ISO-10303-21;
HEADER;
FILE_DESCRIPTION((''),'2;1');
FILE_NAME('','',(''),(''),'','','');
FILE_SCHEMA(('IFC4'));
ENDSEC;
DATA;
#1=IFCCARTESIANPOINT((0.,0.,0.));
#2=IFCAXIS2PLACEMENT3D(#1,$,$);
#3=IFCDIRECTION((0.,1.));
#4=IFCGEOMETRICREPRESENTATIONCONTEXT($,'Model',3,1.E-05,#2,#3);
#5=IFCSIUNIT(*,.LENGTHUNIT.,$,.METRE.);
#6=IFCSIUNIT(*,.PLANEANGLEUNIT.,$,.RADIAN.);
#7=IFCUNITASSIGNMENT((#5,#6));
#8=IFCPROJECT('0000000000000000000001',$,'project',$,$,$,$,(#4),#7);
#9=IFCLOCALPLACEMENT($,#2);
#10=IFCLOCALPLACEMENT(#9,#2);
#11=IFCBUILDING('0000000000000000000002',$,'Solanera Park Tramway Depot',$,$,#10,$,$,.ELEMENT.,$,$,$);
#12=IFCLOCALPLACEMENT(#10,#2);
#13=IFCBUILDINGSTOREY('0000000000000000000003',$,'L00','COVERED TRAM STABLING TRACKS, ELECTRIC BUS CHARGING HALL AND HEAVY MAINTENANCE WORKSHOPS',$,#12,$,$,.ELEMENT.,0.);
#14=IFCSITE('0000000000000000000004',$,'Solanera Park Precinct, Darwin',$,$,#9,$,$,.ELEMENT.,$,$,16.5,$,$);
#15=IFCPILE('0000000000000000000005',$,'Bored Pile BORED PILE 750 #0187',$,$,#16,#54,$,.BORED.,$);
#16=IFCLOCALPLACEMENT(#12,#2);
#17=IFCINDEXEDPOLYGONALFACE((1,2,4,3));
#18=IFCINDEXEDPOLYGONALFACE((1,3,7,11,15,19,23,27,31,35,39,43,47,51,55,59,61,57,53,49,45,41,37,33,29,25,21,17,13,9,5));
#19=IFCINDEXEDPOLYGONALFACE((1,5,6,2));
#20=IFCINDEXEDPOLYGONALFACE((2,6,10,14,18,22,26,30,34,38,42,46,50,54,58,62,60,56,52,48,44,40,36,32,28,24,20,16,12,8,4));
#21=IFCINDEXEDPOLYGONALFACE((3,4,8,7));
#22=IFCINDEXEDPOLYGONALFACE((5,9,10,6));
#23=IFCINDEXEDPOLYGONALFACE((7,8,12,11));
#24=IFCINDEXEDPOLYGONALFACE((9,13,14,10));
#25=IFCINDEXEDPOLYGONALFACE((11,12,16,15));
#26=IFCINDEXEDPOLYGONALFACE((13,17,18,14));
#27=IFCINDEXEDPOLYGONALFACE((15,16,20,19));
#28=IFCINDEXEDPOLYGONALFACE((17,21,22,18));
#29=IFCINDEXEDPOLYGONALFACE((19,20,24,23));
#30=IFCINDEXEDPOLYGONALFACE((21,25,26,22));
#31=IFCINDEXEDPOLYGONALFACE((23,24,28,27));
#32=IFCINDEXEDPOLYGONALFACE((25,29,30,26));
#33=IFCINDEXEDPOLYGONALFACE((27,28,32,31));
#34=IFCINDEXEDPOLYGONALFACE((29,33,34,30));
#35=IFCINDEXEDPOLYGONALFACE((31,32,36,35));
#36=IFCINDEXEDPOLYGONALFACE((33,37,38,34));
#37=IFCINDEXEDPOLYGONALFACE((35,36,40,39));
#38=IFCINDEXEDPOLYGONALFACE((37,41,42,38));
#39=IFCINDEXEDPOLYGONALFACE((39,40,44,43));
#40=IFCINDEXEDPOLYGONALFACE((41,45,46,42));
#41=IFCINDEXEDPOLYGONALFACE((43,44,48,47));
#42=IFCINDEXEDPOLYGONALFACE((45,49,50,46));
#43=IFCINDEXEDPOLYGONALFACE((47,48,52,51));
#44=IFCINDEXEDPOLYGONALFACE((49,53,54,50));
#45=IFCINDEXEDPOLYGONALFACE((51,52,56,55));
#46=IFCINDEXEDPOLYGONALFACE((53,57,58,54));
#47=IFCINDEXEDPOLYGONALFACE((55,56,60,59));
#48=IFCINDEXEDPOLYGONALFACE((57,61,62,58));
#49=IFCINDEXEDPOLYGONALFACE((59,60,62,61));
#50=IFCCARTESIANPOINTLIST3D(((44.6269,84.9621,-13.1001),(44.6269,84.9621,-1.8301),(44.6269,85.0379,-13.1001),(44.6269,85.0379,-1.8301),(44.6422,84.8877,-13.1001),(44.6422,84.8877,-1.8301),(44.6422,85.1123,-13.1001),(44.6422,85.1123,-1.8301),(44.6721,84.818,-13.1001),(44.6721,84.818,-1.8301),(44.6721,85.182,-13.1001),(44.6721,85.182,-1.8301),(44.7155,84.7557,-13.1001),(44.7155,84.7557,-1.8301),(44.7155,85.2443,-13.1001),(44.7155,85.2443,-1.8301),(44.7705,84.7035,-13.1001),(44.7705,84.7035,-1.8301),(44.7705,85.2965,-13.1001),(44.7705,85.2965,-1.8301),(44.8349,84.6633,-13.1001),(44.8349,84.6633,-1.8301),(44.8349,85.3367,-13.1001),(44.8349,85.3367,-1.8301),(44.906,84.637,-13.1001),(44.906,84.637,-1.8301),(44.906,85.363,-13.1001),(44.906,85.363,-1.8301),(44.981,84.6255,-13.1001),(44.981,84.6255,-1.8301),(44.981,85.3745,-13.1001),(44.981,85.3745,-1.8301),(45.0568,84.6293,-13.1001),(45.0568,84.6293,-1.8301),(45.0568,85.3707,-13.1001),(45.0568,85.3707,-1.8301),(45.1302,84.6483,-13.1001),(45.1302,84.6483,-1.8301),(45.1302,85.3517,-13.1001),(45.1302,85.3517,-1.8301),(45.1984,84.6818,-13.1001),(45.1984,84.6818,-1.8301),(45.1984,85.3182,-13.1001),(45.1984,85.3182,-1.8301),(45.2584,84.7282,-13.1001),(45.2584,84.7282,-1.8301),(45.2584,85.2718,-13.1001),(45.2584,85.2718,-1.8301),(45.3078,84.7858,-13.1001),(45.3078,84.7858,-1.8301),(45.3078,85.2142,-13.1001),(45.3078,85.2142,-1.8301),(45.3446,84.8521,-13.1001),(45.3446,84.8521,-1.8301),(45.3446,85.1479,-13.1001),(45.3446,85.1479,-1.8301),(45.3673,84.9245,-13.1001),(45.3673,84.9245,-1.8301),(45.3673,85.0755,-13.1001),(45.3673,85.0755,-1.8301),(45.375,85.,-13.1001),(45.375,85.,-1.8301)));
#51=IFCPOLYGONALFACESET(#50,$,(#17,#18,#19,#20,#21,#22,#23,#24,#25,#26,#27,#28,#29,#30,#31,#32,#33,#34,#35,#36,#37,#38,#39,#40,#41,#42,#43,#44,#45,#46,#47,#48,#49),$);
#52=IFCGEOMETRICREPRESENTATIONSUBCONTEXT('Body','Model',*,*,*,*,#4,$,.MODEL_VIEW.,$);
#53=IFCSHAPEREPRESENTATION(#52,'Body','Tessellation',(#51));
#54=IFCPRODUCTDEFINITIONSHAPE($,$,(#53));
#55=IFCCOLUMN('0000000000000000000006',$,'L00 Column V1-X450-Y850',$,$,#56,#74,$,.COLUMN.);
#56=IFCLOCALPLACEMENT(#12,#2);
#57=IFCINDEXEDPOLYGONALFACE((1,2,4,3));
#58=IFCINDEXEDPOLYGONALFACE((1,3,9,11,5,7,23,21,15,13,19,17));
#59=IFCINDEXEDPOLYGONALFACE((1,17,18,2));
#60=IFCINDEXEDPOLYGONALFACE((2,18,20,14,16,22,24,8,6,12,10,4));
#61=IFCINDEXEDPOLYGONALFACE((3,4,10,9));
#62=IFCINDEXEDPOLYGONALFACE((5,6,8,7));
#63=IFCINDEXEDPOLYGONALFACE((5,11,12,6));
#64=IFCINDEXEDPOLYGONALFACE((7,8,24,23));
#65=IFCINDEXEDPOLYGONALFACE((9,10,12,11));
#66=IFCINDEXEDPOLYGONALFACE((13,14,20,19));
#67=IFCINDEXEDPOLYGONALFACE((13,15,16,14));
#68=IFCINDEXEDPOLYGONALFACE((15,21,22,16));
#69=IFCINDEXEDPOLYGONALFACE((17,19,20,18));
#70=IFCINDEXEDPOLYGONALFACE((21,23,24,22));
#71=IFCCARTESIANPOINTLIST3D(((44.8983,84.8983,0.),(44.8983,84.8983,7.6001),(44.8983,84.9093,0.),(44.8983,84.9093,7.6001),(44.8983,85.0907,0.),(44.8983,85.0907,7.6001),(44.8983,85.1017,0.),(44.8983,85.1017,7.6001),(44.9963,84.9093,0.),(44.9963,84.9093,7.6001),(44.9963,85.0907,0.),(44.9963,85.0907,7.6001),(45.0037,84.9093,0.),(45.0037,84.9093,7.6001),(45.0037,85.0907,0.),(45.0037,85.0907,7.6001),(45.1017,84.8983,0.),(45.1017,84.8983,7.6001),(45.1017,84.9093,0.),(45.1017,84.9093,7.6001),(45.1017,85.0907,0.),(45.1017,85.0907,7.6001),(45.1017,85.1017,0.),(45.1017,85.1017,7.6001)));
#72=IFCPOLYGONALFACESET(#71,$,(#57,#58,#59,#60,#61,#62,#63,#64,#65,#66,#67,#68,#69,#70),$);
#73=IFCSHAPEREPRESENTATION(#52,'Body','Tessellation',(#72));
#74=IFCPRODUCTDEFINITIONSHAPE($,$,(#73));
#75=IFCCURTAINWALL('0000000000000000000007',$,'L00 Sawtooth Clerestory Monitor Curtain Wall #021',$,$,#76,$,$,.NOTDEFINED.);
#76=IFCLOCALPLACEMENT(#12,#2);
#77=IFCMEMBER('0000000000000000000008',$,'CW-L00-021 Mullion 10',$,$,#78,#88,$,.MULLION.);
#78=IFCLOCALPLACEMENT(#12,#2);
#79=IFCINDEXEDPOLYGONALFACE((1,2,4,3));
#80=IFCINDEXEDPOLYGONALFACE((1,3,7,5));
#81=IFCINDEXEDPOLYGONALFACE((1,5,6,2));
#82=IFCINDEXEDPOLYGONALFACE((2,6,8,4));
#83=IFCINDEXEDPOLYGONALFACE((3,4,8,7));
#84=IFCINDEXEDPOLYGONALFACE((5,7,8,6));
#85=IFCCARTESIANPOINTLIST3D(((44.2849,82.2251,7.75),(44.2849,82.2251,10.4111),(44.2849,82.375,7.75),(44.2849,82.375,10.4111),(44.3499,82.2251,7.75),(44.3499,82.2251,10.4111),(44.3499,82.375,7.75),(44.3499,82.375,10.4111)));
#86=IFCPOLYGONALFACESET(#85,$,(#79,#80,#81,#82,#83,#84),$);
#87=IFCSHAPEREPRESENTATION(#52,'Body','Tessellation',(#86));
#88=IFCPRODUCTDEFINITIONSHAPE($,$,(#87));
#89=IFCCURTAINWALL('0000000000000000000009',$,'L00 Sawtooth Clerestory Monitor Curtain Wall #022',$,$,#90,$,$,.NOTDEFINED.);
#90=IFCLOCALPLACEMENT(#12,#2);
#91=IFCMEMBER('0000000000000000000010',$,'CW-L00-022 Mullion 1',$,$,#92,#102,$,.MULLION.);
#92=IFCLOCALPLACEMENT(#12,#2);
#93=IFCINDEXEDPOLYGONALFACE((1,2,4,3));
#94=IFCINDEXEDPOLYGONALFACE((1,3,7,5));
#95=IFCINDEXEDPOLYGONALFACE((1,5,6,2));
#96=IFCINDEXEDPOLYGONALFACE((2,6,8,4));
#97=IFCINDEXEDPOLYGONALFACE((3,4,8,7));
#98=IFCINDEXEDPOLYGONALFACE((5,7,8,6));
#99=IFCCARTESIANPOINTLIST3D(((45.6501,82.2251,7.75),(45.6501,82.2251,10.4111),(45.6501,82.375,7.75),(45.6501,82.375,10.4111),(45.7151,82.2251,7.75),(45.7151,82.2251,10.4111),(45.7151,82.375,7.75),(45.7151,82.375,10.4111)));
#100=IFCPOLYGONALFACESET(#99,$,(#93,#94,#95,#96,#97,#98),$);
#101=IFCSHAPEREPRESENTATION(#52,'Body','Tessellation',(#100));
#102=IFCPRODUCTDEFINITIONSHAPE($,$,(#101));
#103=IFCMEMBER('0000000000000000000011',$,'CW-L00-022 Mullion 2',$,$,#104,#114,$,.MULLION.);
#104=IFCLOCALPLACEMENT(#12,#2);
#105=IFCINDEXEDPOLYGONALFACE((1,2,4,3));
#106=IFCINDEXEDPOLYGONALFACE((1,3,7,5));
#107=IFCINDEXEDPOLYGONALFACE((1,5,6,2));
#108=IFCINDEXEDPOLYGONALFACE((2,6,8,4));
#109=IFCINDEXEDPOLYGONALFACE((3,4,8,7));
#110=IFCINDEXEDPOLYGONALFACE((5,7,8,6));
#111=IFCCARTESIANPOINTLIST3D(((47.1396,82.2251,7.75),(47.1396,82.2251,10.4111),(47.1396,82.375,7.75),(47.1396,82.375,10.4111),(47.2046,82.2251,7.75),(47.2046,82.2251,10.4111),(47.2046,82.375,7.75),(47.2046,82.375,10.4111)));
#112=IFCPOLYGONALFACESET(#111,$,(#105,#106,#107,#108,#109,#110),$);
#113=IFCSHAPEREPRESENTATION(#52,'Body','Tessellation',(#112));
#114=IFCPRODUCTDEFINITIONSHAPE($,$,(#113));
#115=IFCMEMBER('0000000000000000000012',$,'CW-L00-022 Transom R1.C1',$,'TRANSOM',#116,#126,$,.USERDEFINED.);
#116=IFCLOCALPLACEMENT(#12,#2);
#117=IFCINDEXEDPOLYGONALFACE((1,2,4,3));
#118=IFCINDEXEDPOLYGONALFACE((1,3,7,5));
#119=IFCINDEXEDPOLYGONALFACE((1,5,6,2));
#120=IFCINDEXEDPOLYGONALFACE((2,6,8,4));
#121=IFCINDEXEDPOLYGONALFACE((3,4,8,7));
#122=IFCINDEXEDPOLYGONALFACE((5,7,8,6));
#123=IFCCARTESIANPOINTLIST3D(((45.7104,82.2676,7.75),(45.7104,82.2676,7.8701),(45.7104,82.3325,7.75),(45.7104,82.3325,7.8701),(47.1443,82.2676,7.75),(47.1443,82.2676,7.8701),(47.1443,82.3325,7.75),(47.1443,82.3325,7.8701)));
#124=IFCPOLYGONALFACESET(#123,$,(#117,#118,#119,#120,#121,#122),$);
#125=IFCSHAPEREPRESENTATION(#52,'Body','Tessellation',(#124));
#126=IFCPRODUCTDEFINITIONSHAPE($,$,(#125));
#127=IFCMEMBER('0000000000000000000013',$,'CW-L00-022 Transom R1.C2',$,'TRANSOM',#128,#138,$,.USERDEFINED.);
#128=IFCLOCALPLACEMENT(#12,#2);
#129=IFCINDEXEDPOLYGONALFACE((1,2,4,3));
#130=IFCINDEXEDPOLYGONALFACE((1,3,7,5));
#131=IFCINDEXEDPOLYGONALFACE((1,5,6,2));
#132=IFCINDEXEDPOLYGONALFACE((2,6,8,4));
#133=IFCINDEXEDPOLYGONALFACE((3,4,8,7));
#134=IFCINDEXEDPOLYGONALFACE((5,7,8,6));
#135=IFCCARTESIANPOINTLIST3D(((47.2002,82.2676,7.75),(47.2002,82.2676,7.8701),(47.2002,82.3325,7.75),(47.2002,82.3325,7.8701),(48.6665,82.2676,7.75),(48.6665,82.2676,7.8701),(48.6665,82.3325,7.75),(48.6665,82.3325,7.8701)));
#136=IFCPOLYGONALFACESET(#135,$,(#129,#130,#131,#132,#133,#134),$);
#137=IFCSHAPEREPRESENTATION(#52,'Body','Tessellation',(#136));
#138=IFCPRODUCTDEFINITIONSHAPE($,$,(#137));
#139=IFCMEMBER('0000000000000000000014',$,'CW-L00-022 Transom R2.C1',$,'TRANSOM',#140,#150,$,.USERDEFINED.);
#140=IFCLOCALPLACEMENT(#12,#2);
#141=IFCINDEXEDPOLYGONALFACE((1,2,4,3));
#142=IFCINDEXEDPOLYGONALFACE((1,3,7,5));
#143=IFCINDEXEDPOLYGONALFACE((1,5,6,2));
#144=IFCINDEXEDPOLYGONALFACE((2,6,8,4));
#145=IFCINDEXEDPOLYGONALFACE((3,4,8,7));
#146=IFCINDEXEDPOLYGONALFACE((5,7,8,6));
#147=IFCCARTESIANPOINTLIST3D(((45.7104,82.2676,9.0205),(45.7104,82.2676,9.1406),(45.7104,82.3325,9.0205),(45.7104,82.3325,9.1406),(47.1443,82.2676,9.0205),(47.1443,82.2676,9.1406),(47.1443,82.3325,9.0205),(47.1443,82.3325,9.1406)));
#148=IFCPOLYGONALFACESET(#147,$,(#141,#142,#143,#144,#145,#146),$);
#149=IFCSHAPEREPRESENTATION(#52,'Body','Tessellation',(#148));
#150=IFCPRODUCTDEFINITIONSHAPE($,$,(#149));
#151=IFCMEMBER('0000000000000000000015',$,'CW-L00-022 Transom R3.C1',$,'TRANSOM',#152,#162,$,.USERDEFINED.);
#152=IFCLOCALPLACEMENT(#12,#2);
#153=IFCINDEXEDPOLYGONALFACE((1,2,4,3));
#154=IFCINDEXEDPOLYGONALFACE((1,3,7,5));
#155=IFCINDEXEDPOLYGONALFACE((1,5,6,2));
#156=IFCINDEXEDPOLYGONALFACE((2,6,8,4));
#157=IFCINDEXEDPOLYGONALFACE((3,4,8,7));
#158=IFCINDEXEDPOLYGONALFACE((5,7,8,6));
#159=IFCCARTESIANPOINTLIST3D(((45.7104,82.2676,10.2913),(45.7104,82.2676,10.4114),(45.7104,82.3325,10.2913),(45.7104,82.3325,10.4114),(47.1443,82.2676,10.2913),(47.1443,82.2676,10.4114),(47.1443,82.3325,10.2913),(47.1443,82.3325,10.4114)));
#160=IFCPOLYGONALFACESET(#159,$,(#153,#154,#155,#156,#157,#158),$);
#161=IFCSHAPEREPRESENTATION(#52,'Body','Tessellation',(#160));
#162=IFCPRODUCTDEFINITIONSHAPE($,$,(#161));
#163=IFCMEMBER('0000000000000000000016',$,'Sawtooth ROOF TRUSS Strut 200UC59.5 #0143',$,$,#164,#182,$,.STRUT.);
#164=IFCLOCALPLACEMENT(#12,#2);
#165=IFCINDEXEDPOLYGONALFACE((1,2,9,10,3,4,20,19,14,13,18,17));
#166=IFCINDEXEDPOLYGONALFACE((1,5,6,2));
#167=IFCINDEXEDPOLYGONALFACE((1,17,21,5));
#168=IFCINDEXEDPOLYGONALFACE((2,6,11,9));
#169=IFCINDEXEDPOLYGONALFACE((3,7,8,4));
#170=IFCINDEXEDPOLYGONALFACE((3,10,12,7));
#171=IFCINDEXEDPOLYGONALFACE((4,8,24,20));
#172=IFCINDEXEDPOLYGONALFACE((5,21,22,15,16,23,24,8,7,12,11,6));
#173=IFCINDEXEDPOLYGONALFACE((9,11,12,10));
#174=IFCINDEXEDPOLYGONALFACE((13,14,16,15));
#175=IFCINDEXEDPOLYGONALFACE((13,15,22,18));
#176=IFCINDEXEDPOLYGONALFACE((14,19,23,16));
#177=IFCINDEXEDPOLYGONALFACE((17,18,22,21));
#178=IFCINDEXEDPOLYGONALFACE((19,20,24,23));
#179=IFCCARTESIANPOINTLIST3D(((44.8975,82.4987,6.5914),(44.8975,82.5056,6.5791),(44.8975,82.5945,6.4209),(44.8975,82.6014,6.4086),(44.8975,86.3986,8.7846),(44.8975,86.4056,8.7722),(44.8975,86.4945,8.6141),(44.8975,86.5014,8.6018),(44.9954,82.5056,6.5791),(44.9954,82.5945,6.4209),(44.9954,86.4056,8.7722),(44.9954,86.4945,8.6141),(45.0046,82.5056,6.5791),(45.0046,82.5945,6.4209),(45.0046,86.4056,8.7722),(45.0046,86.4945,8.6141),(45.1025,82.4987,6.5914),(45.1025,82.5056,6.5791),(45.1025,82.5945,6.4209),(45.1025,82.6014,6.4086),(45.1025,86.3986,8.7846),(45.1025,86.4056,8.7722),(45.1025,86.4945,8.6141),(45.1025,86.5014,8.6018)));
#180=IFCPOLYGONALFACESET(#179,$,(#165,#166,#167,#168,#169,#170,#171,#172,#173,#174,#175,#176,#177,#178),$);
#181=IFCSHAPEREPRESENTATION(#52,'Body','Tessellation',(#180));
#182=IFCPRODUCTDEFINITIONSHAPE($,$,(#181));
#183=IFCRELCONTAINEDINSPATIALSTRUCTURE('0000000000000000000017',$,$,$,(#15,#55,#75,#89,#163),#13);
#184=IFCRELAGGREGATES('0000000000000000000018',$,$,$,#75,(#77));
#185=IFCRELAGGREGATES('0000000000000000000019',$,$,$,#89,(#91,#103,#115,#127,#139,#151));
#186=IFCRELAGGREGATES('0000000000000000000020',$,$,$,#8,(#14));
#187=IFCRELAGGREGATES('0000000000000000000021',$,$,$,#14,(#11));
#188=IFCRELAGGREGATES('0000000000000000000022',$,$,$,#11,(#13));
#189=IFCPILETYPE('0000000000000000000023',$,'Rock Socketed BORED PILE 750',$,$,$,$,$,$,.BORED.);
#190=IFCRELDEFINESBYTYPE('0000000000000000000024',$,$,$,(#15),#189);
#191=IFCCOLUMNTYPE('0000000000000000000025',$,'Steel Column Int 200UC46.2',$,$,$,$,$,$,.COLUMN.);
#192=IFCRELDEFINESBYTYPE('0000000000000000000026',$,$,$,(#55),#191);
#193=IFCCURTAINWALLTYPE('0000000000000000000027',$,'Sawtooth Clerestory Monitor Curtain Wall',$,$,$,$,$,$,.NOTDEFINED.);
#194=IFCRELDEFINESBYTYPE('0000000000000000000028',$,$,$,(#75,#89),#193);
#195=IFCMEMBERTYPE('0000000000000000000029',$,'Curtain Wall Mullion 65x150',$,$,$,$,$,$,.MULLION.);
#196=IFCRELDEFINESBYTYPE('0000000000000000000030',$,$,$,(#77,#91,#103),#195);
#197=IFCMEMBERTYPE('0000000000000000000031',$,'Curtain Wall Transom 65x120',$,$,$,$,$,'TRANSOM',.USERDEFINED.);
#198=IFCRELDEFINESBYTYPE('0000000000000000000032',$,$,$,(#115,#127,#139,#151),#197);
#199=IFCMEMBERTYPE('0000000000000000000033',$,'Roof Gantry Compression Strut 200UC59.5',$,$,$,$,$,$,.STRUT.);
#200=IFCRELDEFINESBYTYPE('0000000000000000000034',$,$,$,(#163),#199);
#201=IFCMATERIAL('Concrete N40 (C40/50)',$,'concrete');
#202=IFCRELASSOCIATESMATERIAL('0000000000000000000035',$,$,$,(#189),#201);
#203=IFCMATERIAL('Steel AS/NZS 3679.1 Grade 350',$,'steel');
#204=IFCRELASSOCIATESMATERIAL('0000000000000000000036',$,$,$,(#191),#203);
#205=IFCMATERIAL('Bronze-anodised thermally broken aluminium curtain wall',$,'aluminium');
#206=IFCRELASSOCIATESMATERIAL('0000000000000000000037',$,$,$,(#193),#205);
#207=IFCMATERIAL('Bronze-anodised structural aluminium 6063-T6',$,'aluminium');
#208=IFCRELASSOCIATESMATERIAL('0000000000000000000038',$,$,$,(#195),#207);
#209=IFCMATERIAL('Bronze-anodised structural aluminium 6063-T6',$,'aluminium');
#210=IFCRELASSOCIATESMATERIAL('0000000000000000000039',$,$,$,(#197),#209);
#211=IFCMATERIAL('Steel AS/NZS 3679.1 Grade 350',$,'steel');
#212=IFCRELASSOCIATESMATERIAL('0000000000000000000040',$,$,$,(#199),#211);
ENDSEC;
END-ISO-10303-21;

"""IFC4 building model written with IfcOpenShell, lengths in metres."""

from ifc_helpers import new_model, si_unit, direction, frame, origin, origin_2d, place, context, subcontext, project, spatial, rectangle, circle, i_section, extrude, material, material_profile, profile_set, type_object, element, aggregate, save


model = new_model("IFC4")

# Units and contexts
model_context = context("Model", 3, precision=1e-05, world=origin(), true_north=direction((0.0, 1.0)))
body_context = subcontext(model_context, "Body", "Model", "MODEL_VIEW")
ifc_project = project(units=[si_unit("LENGTHUNIT", "METRE"), si_unit("PLANEANGLEUNIT", "RADIAN")], contexts=[model_context])

# Site, building, storey
site_placement = place(None, origin())
site = spatial("IfcSite", under=ifc_project, at=site_placement, Name="Solanera Park Precinct, Darwin", CompositionType="ELEMENT", RefElevation=16.5)
building_placement = place(site_placement, origin())
building = spatial("IfcBuilding", under=site, at=building_placement, Name="Solanera Park Tramway Depot", CompositionType="ELEMENT")
storey_placement = place(building_placement, origin())
storey = spatial("IfcBuildingStorey", under=building, at=storey_placement, Name="L00", Description="COVERED TRAM STABLING TRACKS, ELECTRIC BUS CHARGING HALL AND HEAVY MAINTENANCE WORKSHOPS", CompositionType="ELEMENT", Elevation=0.0)

# Pile
ifc_material_1 = material(Name="Concrete N40 (C40/50)", Category="concrete")
ifc_material_profile_1 = material_profile(ifc_material_1, circle(Radius=0.375, at=origin_2d()), Name="BORED PILE 750")
ifc_profile_set_1 = profile_set([ifc_material_profile_1], Name="Concrete N40 (C40/50)")
pile_type = type_object("IfcPileType", Name="Rock Socketed BORED PILE 750", PredefinedType="BORED", material=ifc_profile_set_1)
pile_placement = place(storey_placement, frame((45.0, 85.0, -1.8301), z_axis=(0.0, 0.0, -1.0), x_axis=(1.0, 0.0, 0.0)))
element("IfcPile", 1, at=pile_placement, inside=storey, type_object=pile_type, Name="Bored Pile BORED PILE 750 #0187", PredefinedType="BORED", context=body_context, shape_type="SweptSolid", body=[
    extrude(circle(Radius=0.375, at=origin_2d()), origin(), (0.0, 0.0, 1.0), 11.27),
])

# Column
ifc_material_2 = material(Name="Steel AS/NZS 3679.1 Grade 350", Category="steel")
ifc_material_profile_2 = material_profile(ifc_material_2, i_section(OverallWidth=0.2034, OverallDepth=0.2034, WebThickness=0.0073, FlangeThickness=0.011, at=origin_2d()), Name="200UC46.2")
ifc_profile_set_2 = profile_set([ifc_material_profile_2], Name="Steel AS/NZS 3679.1 Grade 350")
column_type = type_object("IfcColumnType", Name="Steel Column Int 200UC46.2", PredefinedType="COLUMN", material=ifc_profile_set_2)
column_placement = place(storey_placement, frame((45.0, 85.0, 0.0), z_axis=(0.0, 0.0, 1.0), x_axis=(1.0, 0.0, 0.0)))
element("IfcColumn", 2, at=column_placement, inside=storey, type_object=column_type, Name="L00 Column V1-X450-Y850", PredefinedType="COLUMN", context=body_context, shape_type="SweptSolid", body=[
    extrude(i_section(OverallWidth=0.2034, OverallDepth=0.2034, WebThickness=0.0073, FlangeThickness=0.011, at=origin_2d()), origin(), (0.0, 0.0, 1.0), 7.6001),
])

# Curtain wall, member
ifc_material_3 = material(Name="Bronze-anodised thermally broken aluminium curtain wall", Category="aluminium")
curtain_wall_type = type_object("IfcCurtainWallType", Name="Sawtooth Clerestory Monitor Curtain Wall", PredefinedType="NOTDEFINED", material=ifc_material_3)
curtain_wall_1_placement = place(storey_placement, origin())
curtain_wall_1 = element("IfcCurtainWall", 3, at=curtain_wall_1_placement, inside=storey, type_object=curtain_wall_type, Name="L00 Sawtooth Clerestory Monitor Curtain Wall #021", PredefinedType="NOTDEFINED")
ifc_material_4 = material(Name="Bronze-anodised structural aluminium 6063-T6", Category="aluminium")
ifc_material_profile_3 = material_profile(ifc_material_4, rectangle(XDim=0.0649, YDim=0.1499, at=origin_2d()), Name="Curtain Wall Mullion 65x150")
ifc_profile_set_3 = profile_set([ifc_material_profile_3], Name="Bronze-anodised structural aluminium 6063-T6")
member_type_1 = type_object("IfcMemberType", Name="Curtain Wall Mullion 65x150", PredefinedType="MULLION", material=ifc_profile_set_3)
member_1_placement = place(storey_placement, frame((44.3174, 82.3, 7.75), z_axis=(0.0, 0.0, 1.0), x_axis=(1.0, 0.0, 0.0)))
member_1 = element("IfcMember", 4, at=member_1_placement, type_object=member_type_1, Name="CW-L00-021 Mullion 10", PredefinedType="MULLION", context=body_context, shape_type="SweptSolid", body=[
    extrude(rectangle(XDim=0.0649, YDim=0.1499, at=origin_2d()), origin(), (0.0, 0.0, 1.0), 2.6611),
])
aggregate(curtain_wall_1, [member_1])

# Curtain wall, members
curtain_wall_2_placement = place(storey_placement, origin())
curtain_wall_2 = element("IfcCurtainWall", 5, at=curtain_wall_2_placement, inside=storey, type_object=curtain_wall_type, Name="L00 Sawtooth Clerestory Monitor Curtain Wall #022", PredefinedType="NOTDEFINED")
member_2_placement = place(storey_placement, frame((45.6826, 82.3, 7.75), z_axis=(0.0, 0.0, 1.0), x_axis=(1.0, 0.0, 0.0)))
member_2 = element("IfcMember", 6, at=member_2_placement, type_object=member_type_1, Name="CW-L00-022 Mullion 1", PredefinedType="MULLION", context=body_context, shape_type="SweptSolid", body=[
    extrude(rectangle(XDim=0.0649, YDim=0.1499, at=origin_2d()), origin(), (0.0, 0.0, 1.0), 2.6611),
])
member_3_placement = place(storey_placement, frame((47.1721, 82.3, 7.75), z_axis=(0.0, 0.0, 1.0), x_axis=(1.0, 0.0, 0.0)))
member_3 = element("IfcMember", 7, at=member_3_placement, type_object=member_type_1, Name="CW-L00-022 Mullion 2", PredefinedType="MULLION", context=body_context, shape_type="SweptSolid", body=[
    extrude(rectangle(XDim=0.0649, YDim=0.1499, at=origin_2d()), origin(), (0.0, 0.0, 1.0), 2.6611),
])
ifc_material_5 = material(Name="Bronze-anodised structural aluminium 6063-T6", Category="aluminium")
ifc_material_profile_4 = material_profile(ifc_material_5, rectangle(XDim=0.0649, YDim=0.1201, at=origin_2d()), Name="Curtain Wall Transom 65x120")
ifc_profile_set_4 = profile_set([ifc_material_profile_4], Name="Bronze-anodised structural aluminium 6063-T6")
member_type_2 = type_object("IfcMemberType", Name="Curtain Wall Transom 65x120", ElementType="TRANSOM", PredefinedType="USERDEFINED", material=ifc_profile_set_4)
member_4_placement = place(storey_placement, frame((45.7104, 82.3, 7.8101), z_axis=(1.0, 0.0, 0.0), x_axis=(0.0, 1.0, 0.0)))
member_4 = element("IfcMember", 8, at=member_4_placement, type_object=member_type_2, Name="CW-L00-022 Transom R1.C1", ObjectType="TRANSOM", PredefinedType="USERDEFINED", context=body_context, shape_type="SweptSolid", body=[
    extrude(rectangle(XDim=0.0649, YDim=0.1201, at=origin_2d()), origin(), (0.0, 0.0, 1.0), 1.4338),
])
member_5_placement = place(storey_placement, frame((47.2002, 82.3, 7.8101), z_axis=(1.0, 0.0, 0.0), x_axis=(0.0, 1.0, 0.0)))
member_5 = element("IfcMember", 9, at=member_5_placement, type_object=member_type_2, Name="CW-L00-022 Transom R1.C2", ObjectType="TRANSOM", PredefinedType="USERDEFINED", context=body_context, shape_type="SweptSolid", body=[
    extrude(rectangle(XDim=0.0649, YDim=0.1201, at=origin_2d()), origin(), (0.0, 0.0, 1.0), 1.4663),
])
member_6_placement = place(storey_placement, frame((45.7104, 82.3, 9.0806), z_axis=(1.0, 0.0, 0.0), x_axis=(0.0, 1.0, 0.0)))
member_6 = element("IfcMember", 10, at=member_6_placement, type_object=member_type_2, Name="CW-L00-022 Transom R2.C1", ObjectType="TRANSOM", PredefinedType="USERDEFINED", context=body_context, shape_type="SweptSolid", body=[
    extrude(rectangle(XDim=0.0649, YDim=0.1201, at=origin_2d()), origin(), (0.0, 0.0, 1.0), 1.4338),
])
member_7_placement = place(storey_placement, frame((45.7104, 82.3, 10.3513), z_axis=(1.0, 0.0, 0.0), x_axis=(0.0, 1.0, 0.0)))
member_7 = element("IfcMember", 11, at=member_7_placement, type_object=member_type_2, Name="CW-L00-022 Transom R3.C1", ObjectType="TRANSOM", PredefinedType="USERDEFINED", context=body_context, shape_type="SweptSolid", body=[
    extrude(rectangle(XDim=0.0649, YDim=0.1201, at=origin_2d()), origin(), (0.0, 0.0, 1.0), 1.4338),
])

# Member
ifc_material_6 = material(Name="Steel AS/NZS 3679.1 Grade 350", Category="steel")
ifc_material_profile_5 = material_profile(ifc_material_6, i_section(OverallWidth=0.2051, OverallDepth=0.2097, WebThickness=0.0093, FlangeThickness=0.0142, at=origin_2d()), Name="200UC59.5")
ifc_profile_set_5 = profile_set([ifc_material_profile_5], Name="Steel AS/NZS 3679.1 Grade 350")
member_type_3 = type_object("IfcMemberType", Name="Roof Gantry Compression Strut 200UC59.5", PredefinedType="STRUT", material=ifc_profile_set_5)
member_8_placement = place(storey_placement, frame((45.0, 82.55, 6.5), z_axis=(0.0, 0.871631, 0.490163), x_axis=(-1.0, 0.0, 0.0)))
element("IfcMember", 12, at=member_8_placement, inside=storey, type_object=member_type_3, Name="Sawtooth ROOF TRUSS Strut 200UC59.5 #0143", PredefinedType="STRUT", context=body_context, shape_type="SweptSolid", body=[
    extrude(i_section(OverallWidth=0.2051, OverallDepth=0.2097, WebThickness=0.0093, FlangeThickness=0.0142, at=origin_2d()), origin(), (0.0, 0.0, 1.0), 4.4744),
])

aggregate(curtain_wall_2, [member_2, member_3, member_4, member_5, member_6, member_7])

save(model, "model.ifc")
